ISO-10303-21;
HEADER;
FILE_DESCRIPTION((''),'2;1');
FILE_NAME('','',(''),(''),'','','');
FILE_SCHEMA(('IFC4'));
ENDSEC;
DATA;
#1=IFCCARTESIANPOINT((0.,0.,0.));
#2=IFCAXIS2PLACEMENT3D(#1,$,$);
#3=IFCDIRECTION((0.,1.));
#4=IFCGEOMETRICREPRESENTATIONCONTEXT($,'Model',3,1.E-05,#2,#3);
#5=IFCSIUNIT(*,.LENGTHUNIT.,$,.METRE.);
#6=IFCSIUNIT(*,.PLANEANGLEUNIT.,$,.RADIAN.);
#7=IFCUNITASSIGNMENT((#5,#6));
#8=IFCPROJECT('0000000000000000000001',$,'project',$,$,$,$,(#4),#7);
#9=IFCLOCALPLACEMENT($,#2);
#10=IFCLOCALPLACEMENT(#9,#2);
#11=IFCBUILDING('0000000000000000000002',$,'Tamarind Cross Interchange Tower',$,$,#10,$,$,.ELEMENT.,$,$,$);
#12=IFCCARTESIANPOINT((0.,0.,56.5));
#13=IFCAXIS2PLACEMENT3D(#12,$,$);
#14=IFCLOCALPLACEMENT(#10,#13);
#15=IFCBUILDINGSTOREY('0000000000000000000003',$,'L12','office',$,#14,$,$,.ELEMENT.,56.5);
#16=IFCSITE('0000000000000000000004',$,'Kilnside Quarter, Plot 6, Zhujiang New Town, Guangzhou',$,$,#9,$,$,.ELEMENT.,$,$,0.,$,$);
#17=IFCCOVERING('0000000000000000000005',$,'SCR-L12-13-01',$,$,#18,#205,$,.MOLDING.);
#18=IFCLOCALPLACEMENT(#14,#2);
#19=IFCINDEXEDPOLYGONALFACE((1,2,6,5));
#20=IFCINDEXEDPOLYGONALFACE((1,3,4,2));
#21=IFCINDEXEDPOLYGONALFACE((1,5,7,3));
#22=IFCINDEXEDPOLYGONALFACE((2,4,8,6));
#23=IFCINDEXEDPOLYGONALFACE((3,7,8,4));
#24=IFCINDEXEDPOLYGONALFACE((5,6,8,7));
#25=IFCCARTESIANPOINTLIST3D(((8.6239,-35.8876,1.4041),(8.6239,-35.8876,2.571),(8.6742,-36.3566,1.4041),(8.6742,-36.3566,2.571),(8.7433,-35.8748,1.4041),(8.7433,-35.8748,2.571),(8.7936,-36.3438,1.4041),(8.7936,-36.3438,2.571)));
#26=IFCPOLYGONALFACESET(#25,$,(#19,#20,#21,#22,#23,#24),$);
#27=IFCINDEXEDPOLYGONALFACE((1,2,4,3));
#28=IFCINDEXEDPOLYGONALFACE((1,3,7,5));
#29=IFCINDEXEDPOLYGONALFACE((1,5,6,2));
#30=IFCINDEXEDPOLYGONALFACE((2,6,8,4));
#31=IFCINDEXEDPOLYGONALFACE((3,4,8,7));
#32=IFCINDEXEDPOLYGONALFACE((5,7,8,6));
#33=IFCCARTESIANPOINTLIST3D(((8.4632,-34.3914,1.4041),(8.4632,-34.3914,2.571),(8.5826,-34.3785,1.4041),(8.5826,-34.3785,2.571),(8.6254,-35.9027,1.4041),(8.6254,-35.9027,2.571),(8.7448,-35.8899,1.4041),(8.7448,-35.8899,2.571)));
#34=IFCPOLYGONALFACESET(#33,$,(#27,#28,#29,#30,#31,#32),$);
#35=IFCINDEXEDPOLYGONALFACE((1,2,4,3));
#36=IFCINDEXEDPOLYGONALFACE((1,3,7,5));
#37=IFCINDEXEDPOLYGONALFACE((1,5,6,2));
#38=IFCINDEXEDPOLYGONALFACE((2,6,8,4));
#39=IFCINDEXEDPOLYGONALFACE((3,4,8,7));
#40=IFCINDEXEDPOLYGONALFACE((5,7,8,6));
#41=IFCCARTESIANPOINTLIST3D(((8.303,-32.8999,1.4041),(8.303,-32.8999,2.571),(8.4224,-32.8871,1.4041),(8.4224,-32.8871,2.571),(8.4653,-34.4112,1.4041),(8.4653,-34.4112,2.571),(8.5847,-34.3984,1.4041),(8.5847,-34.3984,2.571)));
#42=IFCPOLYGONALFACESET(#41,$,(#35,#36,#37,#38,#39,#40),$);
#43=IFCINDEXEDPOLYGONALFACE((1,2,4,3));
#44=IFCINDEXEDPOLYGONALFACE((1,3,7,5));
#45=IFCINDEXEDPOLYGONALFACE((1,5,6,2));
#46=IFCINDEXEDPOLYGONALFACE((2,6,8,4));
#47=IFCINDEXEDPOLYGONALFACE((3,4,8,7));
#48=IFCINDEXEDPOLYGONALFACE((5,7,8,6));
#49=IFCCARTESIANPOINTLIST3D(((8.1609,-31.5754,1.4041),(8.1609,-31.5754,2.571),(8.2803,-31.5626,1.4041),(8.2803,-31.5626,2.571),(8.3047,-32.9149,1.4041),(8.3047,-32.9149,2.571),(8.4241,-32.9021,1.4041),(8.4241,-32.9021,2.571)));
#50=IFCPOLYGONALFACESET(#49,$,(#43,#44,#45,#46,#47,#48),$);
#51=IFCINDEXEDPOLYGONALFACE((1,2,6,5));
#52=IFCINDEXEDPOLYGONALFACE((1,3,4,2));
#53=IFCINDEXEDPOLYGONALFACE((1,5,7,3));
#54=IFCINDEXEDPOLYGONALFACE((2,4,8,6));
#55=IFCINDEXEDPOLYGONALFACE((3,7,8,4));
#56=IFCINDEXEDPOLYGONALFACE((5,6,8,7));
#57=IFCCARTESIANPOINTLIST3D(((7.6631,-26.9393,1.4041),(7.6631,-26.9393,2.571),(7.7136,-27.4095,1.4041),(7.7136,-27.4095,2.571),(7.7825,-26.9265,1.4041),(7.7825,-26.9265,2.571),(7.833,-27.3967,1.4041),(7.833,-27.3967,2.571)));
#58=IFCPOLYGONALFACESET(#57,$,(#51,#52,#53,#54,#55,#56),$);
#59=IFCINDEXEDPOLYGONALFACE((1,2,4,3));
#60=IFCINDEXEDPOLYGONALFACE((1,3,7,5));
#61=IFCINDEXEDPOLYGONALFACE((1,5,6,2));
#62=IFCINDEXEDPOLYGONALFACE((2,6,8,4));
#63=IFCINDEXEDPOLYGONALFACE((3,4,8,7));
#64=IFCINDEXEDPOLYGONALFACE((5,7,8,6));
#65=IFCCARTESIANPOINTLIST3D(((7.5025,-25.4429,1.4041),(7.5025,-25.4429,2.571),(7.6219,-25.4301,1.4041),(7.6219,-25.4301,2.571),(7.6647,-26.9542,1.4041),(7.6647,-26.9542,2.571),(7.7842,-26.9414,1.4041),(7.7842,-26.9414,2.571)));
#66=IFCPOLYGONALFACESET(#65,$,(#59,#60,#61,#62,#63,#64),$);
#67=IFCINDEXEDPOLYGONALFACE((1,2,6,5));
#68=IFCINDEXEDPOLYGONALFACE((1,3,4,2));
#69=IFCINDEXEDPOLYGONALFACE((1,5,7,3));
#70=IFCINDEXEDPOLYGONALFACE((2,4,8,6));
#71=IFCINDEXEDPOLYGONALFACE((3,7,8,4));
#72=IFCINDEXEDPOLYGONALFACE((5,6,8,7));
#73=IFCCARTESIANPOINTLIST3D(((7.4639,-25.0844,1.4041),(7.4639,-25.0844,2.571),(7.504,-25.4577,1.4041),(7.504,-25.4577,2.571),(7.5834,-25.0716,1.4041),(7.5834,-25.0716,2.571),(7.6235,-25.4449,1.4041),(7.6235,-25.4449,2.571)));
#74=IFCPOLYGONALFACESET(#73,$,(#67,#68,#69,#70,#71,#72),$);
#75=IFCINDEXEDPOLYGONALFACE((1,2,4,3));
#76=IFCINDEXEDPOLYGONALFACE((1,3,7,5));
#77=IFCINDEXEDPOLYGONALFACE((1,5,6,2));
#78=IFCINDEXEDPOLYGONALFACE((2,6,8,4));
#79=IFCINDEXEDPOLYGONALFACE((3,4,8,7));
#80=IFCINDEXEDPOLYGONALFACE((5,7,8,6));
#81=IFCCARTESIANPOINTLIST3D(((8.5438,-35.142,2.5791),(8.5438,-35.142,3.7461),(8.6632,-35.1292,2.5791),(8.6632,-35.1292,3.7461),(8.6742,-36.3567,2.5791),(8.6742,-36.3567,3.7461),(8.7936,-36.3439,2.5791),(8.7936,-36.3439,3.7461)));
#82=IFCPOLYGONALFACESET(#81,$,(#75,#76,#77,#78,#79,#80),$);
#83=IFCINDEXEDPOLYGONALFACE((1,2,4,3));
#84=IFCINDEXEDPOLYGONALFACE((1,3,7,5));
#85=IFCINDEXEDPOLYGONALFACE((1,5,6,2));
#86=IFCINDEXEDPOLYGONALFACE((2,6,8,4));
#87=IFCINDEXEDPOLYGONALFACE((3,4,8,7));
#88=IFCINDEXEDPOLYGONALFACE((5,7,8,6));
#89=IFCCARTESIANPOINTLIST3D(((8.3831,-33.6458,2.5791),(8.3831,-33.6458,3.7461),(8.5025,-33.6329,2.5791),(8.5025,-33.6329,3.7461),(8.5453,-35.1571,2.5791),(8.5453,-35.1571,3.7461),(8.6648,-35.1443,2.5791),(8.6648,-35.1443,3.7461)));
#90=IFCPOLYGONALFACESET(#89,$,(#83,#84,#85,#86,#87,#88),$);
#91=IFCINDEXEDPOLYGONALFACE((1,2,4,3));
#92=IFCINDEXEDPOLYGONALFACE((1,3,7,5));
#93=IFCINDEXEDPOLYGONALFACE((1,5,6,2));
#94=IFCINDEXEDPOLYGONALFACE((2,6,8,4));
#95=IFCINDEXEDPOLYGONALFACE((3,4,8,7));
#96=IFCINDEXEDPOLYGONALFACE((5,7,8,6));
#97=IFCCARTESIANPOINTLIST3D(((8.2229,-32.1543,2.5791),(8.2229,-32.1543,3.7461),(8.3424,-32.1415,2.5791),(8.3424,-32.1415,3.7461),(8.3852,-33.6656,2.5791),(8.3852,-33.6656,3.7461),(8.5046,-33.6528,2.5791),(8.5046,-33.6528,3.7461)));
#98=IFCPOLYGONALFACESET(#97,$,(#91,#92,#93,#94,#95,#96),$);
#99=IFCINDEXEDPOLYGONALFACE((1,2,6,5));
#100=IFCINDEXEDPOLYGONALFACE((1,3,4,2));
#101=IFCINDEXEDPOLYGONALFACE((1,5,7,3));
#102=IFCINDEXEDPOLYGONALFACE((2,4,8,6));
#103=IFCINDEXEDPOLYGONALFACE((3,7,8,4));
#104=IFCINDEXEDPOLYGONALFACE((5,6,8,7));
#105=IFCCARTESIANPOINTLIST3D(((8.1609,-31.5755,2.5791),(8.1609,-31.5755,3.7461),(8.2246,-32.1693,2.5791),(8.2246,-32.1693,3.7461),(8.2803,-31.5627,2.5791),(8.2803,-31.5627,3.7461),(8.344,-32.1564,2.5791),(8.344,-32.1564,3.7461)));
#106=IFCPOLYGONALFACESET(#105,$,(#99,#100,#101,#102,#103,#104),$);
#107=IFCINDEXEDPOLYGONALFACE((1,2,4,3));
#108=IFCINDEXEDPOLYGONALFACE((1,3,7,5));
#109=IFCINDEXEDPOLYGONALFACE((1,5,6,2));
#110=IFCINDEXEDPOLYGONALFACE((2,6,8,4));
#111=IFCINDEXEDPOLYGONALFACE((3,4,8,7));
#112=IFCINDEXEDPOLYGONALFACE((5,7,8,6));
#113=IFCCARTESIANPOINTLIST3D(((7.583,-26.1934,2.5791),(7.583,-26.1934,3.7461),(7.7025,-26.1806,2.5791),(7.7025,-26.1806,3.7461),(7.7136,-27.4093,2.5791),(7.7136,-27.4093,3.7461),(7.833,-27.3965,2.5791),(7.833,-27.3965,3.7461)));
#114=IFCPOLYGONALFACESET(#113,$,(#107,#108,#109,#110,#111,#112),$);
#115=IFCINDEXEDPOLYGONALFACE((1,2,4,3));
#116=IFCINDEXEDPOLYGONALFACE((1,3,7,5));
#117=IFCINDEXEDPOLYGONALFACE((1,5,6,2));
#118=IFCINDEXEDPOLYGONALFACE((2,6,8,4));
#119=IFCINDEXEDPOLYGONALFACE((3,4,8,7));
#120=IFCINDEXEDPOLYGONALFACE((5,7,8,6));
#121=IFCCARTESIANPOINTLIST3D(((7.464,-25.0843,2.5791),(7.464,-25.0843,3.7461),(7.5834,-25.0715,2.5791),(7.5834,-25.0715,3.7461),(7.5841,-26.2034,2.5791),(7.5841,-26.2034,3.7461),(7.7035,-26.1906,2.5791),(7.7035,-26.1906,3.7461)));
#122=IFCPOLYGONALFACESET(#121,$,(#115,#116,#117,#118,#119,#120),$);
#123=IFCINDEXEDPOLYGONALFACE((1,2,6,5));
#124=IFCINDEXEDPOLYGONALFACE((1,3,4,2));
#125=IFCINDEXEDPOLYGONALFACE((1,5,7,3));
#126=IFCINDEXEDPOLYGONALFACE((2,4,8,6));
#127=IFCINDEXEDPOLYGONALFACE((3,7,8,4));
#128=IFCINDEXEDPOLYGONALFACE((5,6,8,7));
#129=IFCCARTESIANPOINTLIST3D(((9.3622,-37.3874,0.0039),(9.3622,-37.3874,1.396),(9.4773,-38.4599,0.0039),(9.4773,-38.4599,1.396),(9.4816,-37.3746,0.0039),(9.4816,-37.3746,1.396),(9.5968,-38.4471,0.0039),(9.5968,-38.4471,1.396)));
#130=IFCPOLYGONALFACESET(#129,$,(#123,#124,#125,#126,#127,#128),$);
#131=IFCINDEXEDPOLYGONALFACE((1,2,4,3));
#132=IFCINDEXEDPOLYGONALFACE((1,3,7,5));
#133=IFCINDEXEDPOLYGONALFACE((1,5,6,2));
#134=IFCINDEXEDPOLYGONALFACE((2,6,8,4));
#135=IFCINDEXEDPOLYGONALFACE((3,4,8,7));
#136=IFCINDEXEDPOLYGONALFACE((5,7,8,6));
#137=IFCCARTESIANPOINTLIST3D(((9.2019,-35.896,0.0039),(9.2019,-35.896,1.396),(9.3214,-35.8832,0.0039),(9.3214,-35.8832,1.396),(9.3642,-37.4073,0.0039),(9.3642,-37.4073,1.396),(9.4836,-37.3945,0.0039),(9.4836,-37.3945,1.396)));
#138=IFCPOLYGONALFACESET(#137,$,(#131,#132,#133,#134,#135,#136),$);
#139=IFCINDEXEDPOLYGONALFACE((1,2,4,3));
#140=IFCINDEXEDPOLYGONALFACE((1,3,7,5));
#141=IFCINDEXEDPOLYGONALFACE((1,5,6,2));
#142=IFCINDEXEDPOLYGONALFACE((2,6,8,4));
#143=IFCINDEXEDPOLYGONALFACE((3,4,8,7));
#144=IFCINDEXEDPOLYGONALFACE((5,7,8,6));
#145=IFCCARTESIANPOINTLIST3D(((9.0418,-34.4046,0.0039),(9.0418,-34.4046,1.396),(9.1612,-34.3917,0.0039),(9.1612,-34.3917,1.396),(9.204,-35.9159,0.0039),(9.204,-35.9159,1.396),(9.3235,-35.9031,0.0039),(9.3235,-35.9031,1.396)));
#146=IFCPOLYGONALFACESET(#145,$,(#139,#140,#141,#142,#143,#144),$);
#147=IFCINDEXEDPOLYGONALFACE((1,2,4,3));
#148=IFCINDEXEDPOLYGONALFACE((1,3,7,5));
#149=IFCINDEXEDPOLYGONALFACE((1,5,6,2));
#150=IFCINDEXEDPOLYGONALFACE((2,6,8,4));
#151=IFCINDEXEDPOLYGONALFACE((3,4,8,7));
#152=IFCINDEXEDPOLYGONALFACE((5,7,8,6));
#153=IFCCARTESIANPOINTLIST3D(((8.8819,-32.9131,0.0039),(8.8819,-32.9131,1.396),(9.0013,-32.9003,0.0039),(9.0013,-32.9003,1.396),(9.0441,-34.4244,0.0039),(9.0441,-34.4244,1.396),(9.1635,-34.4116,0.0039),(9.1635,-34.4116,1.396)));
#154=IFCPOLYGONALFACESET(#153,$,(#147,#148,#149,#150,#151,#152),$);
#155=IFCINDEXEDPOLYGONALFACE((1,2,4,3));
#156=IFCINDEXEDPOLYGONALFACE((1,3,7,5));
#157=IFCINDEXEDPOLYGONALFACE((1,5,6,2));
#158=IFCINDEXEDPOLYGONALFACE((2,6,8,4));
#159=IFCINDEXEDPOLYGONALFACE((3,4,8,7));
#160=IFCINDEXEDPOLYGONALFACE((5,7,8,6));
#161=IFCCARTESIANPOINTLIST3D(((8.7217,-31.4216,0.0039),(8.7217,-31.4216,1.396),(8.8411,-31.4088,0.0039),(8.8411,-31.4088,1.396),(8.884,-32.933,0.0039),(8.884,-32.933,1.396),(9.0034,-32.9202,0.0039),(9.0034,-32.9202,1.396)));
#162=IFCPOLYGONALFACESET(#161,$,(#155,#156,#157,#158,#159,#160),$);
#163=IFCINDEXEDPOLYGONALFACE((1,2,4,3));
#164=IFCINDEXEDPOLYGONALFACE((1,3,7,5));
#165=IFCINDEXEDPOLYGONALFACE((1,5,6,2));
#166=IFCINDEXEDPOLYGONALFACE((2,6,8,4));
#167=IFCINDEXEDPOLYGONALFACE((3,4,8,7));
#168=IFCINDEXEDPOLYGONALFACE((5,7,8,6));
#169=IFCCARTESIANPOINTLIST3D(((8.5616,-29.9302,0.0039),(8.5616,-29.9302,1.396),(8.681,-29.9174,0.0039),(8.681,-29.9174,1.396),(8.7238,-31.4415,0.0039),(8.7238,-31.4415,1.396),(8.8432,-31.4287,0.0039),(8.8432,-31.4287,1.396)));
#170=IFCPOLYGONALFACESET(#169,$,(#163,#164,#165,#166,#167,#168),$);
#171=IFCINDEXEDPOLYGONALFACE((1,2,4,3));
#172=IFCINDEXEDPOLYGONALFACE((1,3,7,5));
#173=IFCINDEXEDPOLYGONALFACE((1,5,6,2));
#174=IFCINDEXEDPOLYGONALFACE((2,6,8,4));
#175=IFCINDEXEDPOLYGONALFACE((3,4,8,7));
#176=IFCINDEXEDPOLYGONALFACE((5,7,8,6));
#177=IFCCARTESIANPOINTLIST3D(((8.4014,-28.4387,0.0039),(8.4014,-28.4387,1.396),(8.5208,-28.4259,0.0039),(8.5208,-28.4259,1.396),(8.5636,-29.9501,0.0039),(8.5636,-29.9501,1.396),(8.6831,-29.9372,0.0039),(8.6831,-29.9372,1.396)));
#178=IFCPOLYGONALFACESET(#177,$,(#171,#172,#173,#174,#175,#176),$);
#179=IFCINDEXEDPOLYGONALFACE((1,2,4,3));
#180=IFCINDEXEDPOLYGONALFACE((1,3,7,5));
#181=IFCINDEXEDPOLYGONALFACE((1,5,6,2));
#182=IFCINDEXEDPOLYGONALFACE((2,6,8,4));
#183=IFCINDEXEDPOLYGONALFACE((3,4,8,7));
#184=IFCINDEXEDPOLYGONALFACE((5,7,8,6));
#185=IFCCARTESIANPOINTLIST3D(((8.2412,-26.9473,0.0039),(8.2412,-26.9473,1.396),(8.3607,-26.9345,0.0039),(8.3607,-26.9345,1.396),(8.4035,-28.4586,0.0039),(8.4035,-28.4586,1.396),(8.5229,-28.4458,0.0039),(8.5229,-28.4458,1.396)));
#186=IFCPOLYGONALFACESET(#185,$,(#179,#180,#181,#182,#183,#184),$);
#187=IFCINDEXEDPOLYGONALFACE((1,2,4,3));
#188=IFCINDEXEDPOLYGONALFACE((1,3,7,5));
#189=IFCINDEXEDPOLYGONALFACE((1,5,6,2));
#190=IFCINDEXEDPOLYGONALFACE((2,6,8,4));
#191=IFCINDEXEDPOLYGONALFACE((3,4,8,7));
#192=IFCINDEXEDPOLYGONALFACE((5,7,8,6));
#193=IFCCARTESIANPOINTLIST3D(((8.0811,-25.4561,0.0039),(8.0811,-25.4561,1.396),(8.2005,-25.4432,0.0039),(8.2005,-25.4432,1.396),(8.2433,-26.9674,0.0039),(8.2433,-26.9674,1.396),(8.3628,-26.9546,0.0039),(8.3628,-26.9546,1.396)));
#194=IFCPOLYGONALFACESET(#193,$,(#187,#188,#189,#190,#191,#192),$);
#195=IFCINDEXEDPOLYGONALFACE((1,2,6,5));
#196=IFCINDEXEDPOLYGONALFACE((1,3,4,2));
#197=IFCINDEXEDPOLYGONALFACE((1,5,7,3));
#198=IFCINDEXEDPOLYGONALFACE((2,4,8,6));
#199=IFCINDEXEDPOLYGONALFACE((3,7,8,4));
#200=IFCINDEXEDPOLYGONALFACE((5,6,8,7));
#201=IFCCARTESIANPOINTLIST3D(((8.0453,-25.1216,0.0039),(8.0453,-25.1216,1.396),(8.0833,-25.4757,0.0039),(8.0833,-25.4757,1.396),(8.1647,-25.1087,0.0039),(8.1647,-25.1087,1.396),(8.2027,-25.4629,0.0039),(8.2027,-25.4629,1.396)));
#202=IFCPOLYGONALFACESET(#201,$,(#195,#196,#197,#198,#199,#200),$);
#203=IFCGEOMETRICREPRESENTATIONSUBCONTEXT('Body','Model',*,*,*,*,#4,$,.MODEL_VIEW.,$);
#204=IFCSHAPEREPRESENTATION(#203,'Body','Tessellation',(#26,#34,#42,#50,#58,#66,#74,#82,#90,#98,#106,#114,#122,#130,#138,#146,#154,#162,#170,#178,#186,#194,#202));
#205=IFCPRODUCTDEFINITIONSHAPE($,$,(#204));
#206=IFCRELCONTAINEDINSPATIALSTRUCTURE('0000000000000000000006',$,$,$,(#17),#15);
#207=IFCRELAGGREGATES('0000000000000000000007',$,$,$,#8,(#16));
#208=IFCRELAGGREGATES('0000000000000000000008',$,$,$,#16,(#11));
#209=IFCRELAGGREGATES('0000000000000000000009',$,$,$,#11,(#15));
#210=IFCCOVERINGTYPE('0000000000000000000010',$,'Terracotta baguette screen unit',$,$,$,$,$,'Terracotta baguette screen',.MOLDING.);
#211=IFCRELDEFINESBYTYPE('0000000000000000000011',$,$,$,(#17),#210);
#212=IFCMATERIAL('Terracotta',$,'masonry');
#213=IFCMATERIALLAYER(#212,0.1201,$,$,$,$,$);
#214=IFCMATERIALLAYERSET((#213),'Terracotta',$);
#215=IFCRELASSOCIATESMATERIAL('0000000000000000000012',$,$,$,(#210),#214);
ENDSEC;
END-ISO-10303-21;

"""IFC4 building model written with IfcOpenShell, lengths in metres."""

from ifc_helpers import new_model, si_unit, direction, frame, origin, origin_2d, place, context, subcontext, project, spatial, rectangle, extrude, material, layer, layer_set, type_object, element, save


model = new_model("IFC4")

# Units and contexts
model_context = context("Model", 3, precision=1e-05, world=origin(), true_north=direction((0.0, 1.0)))
body_context = subcontext(model_context, "Body", "Model", "MODEL_VIEW")
ifc_project = project(units=[si_unit("LENGTHUNIT", "METRE"), si_unit("PLANEANGLEUNIT", "RADIAN")], contexts=[model_context])

# Site, building, storey
site_placement = place(None, origin())
site = spatial("IfcSite", under=ifc_project, at=site_placement, Name="Kilnside Quarter, Plot 6, Zhujiang New Town, Guangzhou", CompositionType="ELEMENT", RefElevation=0.0)
building_placement = place(site_placement, origin())
building = spatial("IfcBuilding", under=site, at=building_placement, Name="Tamarind Cross Interchange Tower", CompositionType="ELEMENT")
storey_placement = place(building_placement, frame((0.0, 0.0, 56.5)))
storey = spatial("IfcBuildingStorey", under=building, at=storey_placement, Name="L12", Description="office", CompositionType="ELEMENT", Elevation=56.5)

# Covering
ifc_material_1 = material(Name="Terracotta", Category="masonry")
ifc_layer_1 = layer(ifc_material_1, 0.1201)
ifc_layer_set_1 = layer_set([ifc_layer_1], Name="Terracotta")
covering_type = type_object("IfcCoveringType", Name="Terracotta baguette screen unit", ElementType="Terracotta baguette screen", PredefinedType="MOLDING", material=ifc_layer_set_1)
covering_1_placement = place(storey_placement, origin())
element("IfcCovering", 1, at=covering_1_placement, inside=storey, type_object=covering_type, Name="SCR-L12-13-01", PredefinedType="MOLDING", context=body_context, shape_type="SweptSolid", body=[
    extrude(rectangle(XDim=0.4717, YDim=0.1201, at=origin_2d()), frame((8.7087, -36.1157, 1.4041), z_axis=(0.0, 0.0, 1.0), x_axis=(-0.106744, 0.994287, 0.0)), (0.0, 0.0, 1.0), 1.167),
    extrude(rectangle(XDim=1.52, YDim=0.1201, at=origin_2d()), frame((8.604, -35.1406, 1.4041), z_axis=(0.0, 0.0, 1.0), x_axis=(-0.106744, 0.994287, 0.0)), (0.0, 0.0, 1.0), 1.167),
    extrude(rectangle(XDim=1.52, YDim=0.1201, at=origin_2d()), frame((8.4438, -33.6492, 1.4041), z_axis=(0.0, 0.0, 1.0), x_axis=(-0.106744, 0.994287, 0.0)), (0.0, 0.0, 1.0), 1.167),
    extrude(rectangle(XDim=1.3472, YDim=0.1201, at=origin_2d()), frame((8.2925, -32.2388, 1.4041), z_axis=(0.0, 0.0, 1.0), x_axis=(-0.106744, 0.994287, 0.0)), (0.0, 0.0, 1.0), 1.167),
    extrude(rectangle(XDim=0.4729, YDim=0.1201, at=origin_2d()), frame((7.748, -27.168, 1.4041), z_axis=(0.0, 0.0, 1.0), x_axis=(-0.106744, 0.994287, 0.0)), (0.0, 0.0, 1.0), 1.167),
    extrude(rectangle(XDim=1.52, YDim=0.1201, at=origin_2d()), frame((7.6433, -26.1921, 1.4041), z_axis=(0.0, 0.0, 1.0), x_axis=(-0.106744, 0.994287, 0.0)), (0.0, 0.0, 1.0), 1.167),
    extrude(rectangle(XDim=0.3755, YDim=0.1201, at=origin_2d()), frame((7.5437, -25.2646, 1.4041), z_axis=(0.0, 0.0, 1.0), x_axis=(-0.106744, 0.994287, 0.0)), (0.0, 0.0, 1.0), 1.167),
    extrude(rectangle(XDim=1.2217, YDim=0.1201, at=origin_2d()), frame((8.6687, -35.7429, 2.5791), z_axis=(0.0, 0.0, 1.0), x_axis=(-0.106744, 0.994287, 0.0)), (0.0, 0.0, 1.0), 1.167),
    extrude(rectangle(XDim=1.52, YDim=0.1201, at=origin_2d()), frame((8.5239, -34.395, 2.5791), z_axis=(0.0, 0.0, 1.0), x_axis=(-0.106744, 0.994287, 0.0)), (0.0, 0.0, 1.0), 1.167),
    extrude(rectangle(XDim=1.52, YDim=0.1201, at=origin_2d()), frame((8.3638, -32.9036, 2.5791), z_axis=(0.0, 0.0, 1.0), x_axis=(-0.106744, 0.994287, 0.0)), (0.0, 0.0, 1.0), 1.167),
    extrude(rectangle(XDim=0.5972, YDim=0.1201, at=origin_2d()), frame((8.2524, -31.866, 2.5791), z_axis=(0.0, 0.0, 1.0), x_axis=(-0.106744, 0.994287, 0.0)), (0.0, 0.0, 1.0), 1.167),
    extrude(rectangle(XDim=1.2229, YDim=0.1201, at=origin_2d()), frame((7.708, -26.7949, 2.5791), z_axis=(0.0, 0.0, 1.0), x_axis=(-0.106744, 0.994287, 0.0)), (0.0, 0.0, 1.0), 1.167),
    extrude(rectangle(XDim=1.1255, YDim=0.1201, at=origin_2d()), frame((7.5837, -25.6375, 2.5791), z_axis=(0.0, 0.0, 1.0), x_axis=(-0.106744, 0.994287, 0.0)), (0.0, 0.0, 1.0), 1.167),
    extrude(rectangle(XDim=1.0786, YDim=0.1201, at=origin_2d()), frame((9.4795, -37.9172, 0.0039), z_axis=(0.0, 0.0, 1.0), x_axis=(-0.106744, 0.994287, 0.0)), (0.0, 0.0, 1.0), 1.3921),
    extrude(rectangle(XDim=1.52, YDim=0.1201, at=origin_2d()), frame((9.3428, -36.6453, 0.0039), z_axis=(0.0, 0.0, 1.0), x_axis=(-0.106744, 0.994287, 0.0)), (0.0, 0.0, 1.0), 1.3921),
    extrude(rectangle(XDim=1.52, YDim=0.1201, at=origin_2d()), frame((9.1826, -35.1538, 0.0039), z_axis=(0.0, 0.0, 1.0), x_axis=(-0.106744, 0.994287, 0.0)), (0.0, 0.0, 1.0), 1.3921),
    extrude(rectangle(XDim=1.52, YDim=0.1201, at=origin_2d()), frame((9.0227, -33.6624, 0.0039), z_axis=(0.0, 0.0, 1.0), x_axis=(-0.106744, 0.994287, 0.0)), (0.0, 0.0, 1.0), 1.3921),
    extrude(rectangle(XDim=1.52, YDim=0.1201, at=origin_2d()), frame((8.8625, -32.1709, 0.0039), z_axis=(0.0, 0.0, 1.0), x_axis=(-0.106744, 0.994287, 0.0)), (0.0, 0.0, 1.0), 1.3921),
    extrude(rectangle(XDim=1.52, YDim=0.1201, at=origin_2d()), frame((8.7024, -30.6794, 0.0039), z_axis=(0.0, 0.0, 1.0), x_axis=(-0.106744, 0.994287, 0.0)), (0.0, 0.0, 1.0), 1.3921),
    extrude(rectangle(XDim=1.52, YDim=0.1201, at=origin_2d()), frame((8.5422, -29.188, 0.0039), z_axis=(0.0, 0.0, 1.0), x_axis=(-0.106744, 0.994287, 0.0)), (0.0, 0.0, 1.0), 1.3921),
    extrude(rectangle(XDim=1.52, YDim=0.1201, at=origin_2d()), frame((8.3821, -27.6965, 0.0039), z_axis=(0.0, 0.0, 1.0), x_axis=(-0.106744, 0.994287, 0.0)), (0.0, 0.0, 1.0), 1.3921),
    extrude(rectangle(XDim=1.52, YDim=0.1201, at=origin_2d()), frame((8.2219, -26.2053, 0.0039), z_axis=(0.0, 0.0, 1.0), x_axis=(-0.106744, 0.994287, 0.0)), (0.0, 0.0, 1.0), 1.3921),
    extrude(rectangle(XDim=0.3562, YDim=0.1201, at=origin_2d()), frame((8.124, -25.2922, 0.0039), z_axis=(0.0, 0.0, 1.0), x_axis=(-0.106744, 0.994287, 0.0)), (0.0, 0.0, 1.0), 1.3921),
])

save(model, "model.ifc")
